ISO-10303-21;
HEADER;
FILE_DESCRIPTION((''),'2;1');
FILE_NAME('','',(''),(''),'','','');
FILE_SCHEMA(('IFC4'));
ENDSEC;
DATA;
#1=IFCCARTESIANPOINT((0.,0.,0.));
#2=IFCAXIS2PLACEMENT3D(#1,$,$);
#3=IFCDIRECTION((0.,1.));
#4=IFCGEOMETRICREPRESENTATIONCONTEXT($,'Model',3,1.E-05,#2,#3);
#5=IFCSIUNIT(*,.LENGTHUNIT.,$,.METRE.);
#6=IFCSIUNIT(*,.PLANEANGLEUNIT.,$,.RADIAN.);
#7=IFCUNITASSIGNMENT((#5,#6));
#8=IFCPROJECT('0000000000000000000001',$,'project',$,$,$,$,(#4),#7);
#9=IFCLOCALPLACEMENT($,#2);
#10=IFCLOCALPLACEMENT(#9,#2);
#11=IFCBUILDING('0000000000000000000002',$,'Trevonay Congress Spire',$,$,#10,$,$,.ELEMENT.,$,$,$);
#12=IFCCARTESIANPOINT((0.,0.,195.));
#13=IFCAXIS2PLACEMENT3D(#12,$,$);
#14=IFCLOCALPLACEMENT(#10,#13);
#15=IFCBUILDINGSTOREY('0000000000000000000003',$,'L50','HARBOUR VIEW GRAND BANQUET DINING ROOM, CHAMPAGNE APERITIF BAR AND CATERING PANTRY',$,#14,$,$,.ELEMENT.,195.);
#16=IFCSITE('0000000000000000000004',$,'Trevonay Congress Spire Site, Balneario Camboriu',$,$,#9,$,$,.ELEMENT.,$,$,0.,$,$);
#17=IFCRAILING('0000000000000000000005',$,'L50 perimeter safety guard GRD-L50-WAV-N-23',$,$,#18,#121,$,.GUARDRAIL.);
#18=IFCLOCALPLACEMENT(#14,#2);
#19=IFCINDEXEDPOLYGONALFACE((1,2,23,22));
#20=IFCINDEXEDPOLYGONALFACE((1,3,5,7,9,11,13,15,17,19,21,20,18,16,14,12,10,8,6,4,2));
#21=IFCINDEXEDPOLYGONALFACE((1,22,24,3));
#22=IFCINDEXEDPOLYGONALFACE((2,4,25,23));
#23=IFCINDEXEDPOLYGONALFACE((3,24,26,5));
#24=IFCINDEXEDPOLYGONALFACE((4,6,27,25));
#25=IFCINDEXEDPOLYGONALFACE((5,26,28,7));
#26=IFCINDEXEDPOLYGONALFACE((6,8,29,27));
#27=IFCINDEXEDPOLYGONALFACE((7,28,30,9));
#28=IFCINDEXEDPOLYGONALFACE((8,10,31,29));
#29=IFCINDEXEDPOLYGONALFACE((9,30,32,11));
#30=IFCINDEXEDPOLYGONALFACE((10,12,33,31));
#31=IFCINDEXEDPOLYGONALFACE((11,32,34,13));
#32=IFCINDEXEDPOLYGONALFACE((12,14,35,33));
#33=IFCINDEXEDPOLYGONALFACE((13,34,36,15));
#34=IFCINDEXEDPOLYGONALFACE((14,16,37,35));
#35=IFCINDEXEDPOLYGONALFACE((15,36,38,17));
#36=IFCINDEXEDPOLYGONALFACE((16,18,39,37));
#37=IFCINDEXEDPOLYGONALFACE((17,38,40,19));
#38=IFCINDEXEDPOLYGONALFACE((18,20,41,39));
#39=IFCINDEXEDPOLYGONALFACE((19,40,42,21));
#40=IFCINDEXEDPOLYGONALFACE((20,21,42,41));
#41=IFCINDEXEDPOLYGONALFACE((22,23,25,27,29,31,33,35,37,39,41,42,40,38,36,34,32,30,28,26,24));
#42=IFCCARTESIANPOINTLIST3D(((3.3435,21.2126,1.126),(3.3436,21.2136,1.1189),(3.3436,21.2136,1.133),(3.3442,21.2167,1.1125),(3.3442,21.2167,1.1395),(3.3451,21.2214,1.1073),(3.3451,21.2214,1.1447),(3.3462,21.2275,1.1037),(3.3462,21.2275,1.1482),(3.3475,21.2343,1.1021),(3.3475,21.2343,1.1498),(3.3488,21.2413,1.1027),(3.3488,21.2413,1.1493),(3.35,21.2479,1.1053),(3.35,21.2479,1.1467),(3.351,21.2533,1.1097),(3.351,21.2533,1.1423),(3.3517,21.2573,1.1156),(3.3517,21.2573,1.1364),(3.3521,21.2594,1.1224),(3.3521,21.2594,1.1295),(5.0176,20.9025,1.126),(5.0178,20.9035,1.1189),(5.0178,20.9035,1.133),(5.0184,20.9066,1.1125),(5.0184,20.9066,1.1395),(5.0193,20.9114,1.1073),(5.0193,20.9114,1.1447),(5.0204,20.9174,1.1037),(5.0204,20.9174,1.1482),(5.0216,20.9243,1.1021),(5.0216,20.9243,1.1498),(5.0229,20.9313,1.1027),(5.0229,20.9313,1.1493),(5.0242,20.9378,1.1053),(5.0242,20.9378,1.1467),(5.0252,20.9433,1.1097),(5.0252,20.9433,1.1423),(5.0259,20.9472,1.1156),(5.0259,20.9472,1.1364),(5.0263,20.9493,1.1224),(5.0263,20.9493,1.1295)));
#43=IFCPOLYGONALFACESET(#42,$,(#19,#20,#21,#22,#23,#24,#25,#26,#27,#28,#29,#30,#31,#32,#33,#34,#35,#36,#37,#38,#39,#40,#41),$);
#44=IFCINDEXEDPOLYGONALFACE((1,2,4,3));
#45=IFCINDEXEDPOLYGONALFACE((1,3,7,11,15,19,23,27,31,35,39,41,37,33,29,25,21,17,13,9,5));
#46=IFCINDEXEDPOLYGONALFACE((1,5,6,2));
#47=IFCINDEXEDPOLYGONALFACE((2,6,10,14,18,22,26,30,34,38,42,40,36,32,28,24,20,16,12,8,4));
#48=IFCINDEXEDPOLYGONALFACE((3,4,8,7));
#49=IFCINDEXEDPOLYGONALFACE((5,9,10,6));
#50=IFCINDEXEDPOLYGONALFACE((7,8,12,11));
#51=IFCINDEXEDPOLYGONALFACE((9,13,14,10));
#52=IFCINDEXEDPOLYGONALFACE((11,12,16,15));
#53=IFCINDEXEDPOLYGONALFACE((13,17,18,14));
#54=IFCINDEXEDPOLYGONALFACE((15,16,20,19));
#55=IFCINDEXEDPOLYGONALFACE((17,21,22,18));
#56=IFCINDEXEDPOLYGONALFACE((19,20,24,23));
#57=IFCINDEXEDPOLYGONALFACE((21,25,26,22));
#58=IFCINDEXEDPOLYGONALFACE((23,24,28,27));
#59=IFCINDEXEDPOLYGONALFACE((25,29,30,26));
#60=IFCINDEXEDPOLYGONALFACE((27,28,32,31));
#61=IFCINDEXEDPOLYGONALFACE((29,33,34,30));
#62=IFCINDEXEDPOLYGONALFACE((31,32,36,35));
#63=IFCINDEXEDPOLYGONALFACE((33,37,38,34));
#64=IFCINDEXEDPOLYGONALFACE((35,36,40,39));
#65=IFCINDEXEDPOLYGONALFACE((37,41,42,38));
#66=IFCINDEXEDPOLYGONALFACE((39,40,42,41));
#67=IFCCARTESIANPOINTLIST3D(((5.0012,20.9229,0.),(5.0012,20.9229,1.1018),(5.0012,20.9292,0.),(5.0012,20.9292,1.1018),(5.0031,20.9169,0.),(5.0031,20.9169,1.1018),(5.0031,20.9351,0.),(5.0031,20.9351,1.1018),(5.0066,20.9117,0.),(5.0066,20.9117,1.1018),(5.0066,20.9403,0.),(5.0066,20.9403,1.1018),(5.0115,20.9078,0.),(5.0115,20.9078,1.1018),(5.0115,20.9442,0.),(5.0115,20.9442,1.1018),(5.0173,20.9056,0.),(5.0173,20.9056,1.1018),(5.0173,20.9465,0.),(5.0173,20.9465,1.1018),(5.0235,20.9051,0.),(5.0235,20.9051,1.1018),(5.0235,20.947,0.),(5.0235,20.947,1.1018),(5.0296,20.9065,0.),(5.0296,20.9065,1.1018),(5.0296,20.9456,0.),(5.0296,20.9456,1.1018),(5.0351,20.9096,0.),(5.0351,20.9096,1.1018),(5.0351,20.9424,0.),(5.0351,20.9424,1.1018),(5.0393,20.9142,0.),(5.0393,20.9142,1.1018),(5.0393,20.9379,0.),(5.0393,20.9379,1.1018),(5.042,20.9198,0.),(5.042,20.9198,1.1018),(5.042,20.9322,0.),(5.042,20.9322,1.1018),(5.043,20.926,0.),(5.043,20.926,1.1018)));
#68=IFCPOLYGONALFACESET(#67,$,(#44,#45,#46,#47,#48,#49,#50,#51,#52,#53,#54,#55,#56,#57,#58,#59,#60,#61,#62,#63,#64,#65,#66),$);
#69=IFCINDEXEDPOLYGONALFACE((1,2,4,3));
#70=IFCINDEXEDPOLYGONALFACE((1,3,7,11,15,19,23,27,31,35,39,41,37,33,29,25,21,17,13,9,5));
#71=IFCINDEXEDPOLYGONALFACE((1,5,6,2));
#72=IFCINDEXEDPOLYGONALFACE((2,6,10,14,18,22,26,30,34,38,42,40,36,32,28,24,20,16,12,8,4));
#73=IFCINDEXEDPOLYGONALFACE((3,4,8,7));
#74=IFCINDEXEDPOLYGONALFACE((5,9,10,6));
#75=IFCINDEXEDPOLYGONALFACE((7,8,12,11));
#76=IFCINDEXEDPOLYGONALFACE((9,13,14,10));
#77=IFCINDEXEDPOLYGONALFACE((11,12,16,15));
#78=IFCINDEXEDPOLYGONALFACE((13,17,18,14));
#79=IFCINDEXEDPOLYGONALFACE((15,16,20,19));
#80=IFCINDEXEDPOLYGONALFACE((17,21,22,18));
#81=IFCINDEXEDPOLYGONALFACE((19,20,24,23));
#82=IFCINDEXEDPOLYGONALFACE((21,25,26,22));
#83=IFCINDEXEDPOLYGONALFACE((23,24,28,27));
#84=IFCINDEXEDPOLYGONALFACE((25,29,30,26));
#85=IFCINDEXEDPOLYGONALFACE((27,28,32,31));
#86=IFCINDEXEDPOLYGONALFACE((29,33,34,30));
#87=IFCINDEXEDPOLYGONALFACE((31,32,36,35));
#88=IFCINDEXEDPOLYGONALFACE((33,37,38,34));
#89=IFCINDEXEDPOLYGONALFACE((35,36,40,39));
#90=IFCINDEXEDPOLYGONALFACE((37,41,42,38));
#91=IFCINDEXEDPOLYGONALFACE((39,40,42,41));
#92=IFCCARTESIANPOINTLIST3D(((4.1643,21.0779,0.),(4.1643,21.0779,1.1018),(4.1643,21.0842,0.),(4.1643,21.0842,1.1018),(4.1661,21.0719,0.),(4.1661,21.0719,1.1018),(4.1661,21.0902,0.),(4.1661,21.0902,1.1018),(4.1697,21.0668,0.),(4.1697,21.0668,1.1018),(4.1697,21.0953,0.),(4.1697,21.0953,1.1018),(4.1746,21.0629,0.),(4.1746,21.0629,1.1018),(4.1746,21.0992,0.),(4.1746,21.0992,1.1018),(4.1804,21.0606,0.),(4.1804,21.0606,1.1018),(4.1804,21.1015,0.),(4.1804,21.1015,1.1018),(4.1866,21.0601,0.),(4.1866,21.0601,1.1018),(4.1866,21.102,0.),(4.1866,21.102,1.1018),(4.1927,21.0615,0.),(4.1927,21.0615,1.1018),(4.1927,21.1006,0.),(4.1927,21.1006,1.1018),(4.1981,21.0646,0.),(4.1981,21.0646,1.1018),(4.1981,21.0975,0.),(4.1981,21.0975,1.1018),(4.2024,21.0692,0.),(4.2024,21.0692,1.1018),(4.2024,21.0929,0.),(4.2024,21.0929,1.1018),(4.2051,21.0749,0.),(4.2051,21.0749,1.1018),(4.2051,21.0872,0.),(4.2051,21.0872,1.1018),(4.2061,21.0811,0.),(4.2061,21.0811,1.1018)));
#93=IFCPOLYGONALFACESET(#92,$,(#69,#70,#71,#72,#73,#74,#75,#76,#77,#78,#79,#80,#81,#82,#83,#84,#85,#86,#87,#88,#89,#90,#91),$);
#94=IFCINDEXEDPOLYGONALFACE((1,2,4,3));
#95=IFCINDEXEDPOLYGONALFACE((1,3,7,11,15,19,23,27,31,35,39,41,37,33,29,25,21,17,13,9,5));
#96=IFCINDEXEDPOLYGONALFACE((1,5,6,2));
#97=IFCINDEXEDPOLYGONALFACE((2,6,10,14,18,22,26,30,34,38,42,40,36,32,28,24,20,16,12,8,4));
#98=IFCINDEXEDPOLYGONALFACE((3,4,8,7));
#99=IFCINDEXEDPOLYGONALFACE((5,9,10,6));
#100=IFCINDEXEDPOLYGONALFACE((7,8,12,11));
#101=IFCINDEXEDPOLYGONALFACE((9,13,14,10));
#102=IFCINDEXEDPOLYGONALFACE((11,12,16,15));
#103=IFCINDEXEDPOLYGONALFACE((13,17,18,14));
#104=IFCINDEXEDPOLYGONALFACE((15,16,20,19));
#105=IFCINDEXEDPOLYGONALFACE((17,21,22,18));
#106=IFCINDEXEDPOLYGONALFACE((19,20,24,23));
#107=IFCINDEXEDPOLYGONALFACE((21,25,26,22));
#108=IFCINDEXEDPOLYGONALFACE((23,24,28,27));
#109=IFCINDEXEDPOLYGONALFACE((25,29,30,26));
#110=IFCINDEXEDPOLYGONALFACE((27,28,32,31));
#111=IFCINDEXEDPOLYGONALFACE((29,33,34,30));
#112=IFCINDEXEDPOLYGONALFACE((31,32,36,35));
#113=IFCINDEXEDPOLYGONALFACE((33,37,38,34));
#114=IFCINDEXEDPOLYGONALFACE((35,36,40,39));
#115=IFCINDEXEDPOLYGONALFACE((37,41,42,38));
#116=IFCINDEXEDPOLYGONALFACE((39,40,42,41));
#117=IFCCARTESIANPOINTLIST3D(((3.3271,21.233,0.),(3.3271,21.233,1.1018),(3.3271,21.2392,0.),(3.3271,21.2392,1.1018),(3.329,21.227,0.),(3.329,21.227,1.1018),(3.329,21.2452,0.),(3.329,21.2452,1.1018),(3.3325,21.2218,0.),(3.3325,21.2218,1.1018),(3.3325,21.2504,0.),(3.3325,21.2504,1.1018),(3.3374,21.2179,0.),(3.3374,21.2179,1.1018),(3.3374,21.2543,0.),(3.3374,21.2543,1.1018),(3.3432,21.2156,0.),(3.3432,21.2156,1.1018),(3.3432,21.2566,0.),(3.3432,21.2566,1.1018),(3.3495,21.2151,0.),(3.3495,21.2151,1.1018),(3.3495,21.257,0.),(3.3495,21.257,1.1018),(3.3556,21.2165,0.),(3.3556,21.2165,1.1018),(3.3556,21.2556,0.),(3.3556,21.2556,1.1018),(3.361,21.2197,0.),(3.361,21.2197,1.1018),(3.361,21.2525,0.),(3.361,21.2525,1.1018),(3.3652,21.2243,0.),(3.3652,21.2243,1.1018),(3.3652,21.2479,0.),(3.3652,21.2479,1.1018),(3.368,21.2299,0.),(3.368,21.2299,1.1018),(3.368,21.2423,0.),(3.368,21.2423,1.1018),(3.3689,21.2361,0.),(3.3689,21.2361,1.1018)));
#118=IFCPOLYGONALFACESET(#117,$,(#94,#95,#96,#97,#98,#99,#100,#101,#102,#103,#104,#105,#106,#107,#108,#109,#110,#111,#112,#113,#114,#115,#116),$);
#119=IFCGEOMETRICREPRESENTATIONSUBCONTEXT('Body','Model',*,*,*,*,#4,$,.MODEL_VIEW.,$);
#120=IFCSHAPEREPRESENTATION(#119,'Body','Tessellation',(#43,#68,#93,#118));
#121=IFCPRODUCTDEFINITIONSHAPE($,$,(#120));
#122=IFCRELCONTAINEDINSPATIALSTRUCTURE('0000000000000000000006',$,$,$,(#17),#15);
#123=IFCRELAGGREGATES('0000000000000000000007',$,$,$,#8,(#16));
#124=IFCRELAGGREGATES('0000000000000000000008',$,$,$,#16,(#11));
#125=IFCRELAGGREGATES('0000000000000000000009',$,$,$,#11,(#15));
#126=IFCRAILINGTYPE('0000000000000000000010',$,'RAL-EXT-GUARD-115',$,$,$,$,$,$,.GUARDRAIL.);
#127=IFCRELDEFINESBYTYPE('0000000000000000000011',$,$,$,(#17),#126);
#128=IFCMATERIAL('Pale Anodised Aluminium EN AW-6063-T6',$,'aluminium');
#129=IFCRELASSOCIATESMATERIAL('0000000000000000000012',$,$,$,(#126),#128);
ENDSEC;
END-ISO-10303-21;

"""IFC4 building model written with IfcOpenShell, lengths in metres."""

from ifc_helpers import new_model, si_unit, direction, frame, origin, origin_2d, place, context, subcontext, project, spatial, circle, extrude, material, type_object, element, save


model = new_model("IFC4")

# Units and contexts
model_context = context("Model", 3, precision=1e-05, world=origin(), true_north=direction((0.0, 1.0)))
body_context = subcontext(model_context, "Body", "Model", "MODEL_VIEW")
ifc_project = project(units=[si_unit("LENGTHUNIT", "METRE"), si_unit("PLANEANGLEUNIT", "RADIAN")], contexts=[model_context])

# Site, building, storey
site_placement = place(None, origin())
site = spatial("IfcSite", under=ifc_project, at=site_placement, Name="Trevonay Congress Spire Site, Balneario Camboriu", CompositionType="ELEMENT", RefElevation=0.0)
building_placement = place(site_placement, origin())
building = spatial("IfcBuilding", under=site, at=building_placement, Name="Trevonay Congress Spire", CompositionType="ELEMENT")
storey_placement = place(building_placement, frame((0.0, 0.0, 195.0)))
storey = spatial("IfcBuildingStorey", under=building, at=storey_placement, Name="L50", Description="HARBOUR VIEW GRAND BANQUET DINING ROOM, CHAMPAGNE APERITIF BAR AND CATERING PANTRY", CompositionType="ELEMENT", Elevation=195.0)

# Shared definitions
ifc_material_1 = material(Name="Pale Anodised Aluminium EN AW-6063-T6", Category="aluminium")

# Railing
railing_type = type_object("IfcRailingType", Name="RAL-EXT-GUARD-115", PredefinedType="GUARDRAIL", material=ifc_material_1)
railing_1_placement = place(storey_placement, frame((5.022, 20.926, 0.0)))
element("IfcRailing", 1, at=railing_1_placement, inside=storey, type_object=railing_type, Name="L50 perimeter safety guard GRD-L50-WAV-N-23", PredefinedType="GUARDRAIL", context=body_context, shape_type="SweptSolid", body=[
    extrude(circle(Radius=0.0239, at=origin_2d()), frame((0.0, 0.0, 1.126), z_axis=(-0.983277, 0.182115, 0.0), x_axis=(-0.182115, -0.983277, 0.0)), (0.0, 0.0, 1.0), 1.7026),
    extrude(circle(Radius=0.021, at=origin_2d()), origin(), (0.0, 0.0, 1.0), 1.1018),
    extrude(circle(Radius=0.021, at=origin_2d()), frame((-0.8369, 0.155, 0.0)), (0.0, 0.0, 1.0), 1.1018),
    extrude(circle(Radius=0.021, at=origin_2d()), frame((-1.6741, 0.3101, 0.0)), (0.0, 0.0, 1.0), 1.1018),
])

save(model, "model.ifc")
